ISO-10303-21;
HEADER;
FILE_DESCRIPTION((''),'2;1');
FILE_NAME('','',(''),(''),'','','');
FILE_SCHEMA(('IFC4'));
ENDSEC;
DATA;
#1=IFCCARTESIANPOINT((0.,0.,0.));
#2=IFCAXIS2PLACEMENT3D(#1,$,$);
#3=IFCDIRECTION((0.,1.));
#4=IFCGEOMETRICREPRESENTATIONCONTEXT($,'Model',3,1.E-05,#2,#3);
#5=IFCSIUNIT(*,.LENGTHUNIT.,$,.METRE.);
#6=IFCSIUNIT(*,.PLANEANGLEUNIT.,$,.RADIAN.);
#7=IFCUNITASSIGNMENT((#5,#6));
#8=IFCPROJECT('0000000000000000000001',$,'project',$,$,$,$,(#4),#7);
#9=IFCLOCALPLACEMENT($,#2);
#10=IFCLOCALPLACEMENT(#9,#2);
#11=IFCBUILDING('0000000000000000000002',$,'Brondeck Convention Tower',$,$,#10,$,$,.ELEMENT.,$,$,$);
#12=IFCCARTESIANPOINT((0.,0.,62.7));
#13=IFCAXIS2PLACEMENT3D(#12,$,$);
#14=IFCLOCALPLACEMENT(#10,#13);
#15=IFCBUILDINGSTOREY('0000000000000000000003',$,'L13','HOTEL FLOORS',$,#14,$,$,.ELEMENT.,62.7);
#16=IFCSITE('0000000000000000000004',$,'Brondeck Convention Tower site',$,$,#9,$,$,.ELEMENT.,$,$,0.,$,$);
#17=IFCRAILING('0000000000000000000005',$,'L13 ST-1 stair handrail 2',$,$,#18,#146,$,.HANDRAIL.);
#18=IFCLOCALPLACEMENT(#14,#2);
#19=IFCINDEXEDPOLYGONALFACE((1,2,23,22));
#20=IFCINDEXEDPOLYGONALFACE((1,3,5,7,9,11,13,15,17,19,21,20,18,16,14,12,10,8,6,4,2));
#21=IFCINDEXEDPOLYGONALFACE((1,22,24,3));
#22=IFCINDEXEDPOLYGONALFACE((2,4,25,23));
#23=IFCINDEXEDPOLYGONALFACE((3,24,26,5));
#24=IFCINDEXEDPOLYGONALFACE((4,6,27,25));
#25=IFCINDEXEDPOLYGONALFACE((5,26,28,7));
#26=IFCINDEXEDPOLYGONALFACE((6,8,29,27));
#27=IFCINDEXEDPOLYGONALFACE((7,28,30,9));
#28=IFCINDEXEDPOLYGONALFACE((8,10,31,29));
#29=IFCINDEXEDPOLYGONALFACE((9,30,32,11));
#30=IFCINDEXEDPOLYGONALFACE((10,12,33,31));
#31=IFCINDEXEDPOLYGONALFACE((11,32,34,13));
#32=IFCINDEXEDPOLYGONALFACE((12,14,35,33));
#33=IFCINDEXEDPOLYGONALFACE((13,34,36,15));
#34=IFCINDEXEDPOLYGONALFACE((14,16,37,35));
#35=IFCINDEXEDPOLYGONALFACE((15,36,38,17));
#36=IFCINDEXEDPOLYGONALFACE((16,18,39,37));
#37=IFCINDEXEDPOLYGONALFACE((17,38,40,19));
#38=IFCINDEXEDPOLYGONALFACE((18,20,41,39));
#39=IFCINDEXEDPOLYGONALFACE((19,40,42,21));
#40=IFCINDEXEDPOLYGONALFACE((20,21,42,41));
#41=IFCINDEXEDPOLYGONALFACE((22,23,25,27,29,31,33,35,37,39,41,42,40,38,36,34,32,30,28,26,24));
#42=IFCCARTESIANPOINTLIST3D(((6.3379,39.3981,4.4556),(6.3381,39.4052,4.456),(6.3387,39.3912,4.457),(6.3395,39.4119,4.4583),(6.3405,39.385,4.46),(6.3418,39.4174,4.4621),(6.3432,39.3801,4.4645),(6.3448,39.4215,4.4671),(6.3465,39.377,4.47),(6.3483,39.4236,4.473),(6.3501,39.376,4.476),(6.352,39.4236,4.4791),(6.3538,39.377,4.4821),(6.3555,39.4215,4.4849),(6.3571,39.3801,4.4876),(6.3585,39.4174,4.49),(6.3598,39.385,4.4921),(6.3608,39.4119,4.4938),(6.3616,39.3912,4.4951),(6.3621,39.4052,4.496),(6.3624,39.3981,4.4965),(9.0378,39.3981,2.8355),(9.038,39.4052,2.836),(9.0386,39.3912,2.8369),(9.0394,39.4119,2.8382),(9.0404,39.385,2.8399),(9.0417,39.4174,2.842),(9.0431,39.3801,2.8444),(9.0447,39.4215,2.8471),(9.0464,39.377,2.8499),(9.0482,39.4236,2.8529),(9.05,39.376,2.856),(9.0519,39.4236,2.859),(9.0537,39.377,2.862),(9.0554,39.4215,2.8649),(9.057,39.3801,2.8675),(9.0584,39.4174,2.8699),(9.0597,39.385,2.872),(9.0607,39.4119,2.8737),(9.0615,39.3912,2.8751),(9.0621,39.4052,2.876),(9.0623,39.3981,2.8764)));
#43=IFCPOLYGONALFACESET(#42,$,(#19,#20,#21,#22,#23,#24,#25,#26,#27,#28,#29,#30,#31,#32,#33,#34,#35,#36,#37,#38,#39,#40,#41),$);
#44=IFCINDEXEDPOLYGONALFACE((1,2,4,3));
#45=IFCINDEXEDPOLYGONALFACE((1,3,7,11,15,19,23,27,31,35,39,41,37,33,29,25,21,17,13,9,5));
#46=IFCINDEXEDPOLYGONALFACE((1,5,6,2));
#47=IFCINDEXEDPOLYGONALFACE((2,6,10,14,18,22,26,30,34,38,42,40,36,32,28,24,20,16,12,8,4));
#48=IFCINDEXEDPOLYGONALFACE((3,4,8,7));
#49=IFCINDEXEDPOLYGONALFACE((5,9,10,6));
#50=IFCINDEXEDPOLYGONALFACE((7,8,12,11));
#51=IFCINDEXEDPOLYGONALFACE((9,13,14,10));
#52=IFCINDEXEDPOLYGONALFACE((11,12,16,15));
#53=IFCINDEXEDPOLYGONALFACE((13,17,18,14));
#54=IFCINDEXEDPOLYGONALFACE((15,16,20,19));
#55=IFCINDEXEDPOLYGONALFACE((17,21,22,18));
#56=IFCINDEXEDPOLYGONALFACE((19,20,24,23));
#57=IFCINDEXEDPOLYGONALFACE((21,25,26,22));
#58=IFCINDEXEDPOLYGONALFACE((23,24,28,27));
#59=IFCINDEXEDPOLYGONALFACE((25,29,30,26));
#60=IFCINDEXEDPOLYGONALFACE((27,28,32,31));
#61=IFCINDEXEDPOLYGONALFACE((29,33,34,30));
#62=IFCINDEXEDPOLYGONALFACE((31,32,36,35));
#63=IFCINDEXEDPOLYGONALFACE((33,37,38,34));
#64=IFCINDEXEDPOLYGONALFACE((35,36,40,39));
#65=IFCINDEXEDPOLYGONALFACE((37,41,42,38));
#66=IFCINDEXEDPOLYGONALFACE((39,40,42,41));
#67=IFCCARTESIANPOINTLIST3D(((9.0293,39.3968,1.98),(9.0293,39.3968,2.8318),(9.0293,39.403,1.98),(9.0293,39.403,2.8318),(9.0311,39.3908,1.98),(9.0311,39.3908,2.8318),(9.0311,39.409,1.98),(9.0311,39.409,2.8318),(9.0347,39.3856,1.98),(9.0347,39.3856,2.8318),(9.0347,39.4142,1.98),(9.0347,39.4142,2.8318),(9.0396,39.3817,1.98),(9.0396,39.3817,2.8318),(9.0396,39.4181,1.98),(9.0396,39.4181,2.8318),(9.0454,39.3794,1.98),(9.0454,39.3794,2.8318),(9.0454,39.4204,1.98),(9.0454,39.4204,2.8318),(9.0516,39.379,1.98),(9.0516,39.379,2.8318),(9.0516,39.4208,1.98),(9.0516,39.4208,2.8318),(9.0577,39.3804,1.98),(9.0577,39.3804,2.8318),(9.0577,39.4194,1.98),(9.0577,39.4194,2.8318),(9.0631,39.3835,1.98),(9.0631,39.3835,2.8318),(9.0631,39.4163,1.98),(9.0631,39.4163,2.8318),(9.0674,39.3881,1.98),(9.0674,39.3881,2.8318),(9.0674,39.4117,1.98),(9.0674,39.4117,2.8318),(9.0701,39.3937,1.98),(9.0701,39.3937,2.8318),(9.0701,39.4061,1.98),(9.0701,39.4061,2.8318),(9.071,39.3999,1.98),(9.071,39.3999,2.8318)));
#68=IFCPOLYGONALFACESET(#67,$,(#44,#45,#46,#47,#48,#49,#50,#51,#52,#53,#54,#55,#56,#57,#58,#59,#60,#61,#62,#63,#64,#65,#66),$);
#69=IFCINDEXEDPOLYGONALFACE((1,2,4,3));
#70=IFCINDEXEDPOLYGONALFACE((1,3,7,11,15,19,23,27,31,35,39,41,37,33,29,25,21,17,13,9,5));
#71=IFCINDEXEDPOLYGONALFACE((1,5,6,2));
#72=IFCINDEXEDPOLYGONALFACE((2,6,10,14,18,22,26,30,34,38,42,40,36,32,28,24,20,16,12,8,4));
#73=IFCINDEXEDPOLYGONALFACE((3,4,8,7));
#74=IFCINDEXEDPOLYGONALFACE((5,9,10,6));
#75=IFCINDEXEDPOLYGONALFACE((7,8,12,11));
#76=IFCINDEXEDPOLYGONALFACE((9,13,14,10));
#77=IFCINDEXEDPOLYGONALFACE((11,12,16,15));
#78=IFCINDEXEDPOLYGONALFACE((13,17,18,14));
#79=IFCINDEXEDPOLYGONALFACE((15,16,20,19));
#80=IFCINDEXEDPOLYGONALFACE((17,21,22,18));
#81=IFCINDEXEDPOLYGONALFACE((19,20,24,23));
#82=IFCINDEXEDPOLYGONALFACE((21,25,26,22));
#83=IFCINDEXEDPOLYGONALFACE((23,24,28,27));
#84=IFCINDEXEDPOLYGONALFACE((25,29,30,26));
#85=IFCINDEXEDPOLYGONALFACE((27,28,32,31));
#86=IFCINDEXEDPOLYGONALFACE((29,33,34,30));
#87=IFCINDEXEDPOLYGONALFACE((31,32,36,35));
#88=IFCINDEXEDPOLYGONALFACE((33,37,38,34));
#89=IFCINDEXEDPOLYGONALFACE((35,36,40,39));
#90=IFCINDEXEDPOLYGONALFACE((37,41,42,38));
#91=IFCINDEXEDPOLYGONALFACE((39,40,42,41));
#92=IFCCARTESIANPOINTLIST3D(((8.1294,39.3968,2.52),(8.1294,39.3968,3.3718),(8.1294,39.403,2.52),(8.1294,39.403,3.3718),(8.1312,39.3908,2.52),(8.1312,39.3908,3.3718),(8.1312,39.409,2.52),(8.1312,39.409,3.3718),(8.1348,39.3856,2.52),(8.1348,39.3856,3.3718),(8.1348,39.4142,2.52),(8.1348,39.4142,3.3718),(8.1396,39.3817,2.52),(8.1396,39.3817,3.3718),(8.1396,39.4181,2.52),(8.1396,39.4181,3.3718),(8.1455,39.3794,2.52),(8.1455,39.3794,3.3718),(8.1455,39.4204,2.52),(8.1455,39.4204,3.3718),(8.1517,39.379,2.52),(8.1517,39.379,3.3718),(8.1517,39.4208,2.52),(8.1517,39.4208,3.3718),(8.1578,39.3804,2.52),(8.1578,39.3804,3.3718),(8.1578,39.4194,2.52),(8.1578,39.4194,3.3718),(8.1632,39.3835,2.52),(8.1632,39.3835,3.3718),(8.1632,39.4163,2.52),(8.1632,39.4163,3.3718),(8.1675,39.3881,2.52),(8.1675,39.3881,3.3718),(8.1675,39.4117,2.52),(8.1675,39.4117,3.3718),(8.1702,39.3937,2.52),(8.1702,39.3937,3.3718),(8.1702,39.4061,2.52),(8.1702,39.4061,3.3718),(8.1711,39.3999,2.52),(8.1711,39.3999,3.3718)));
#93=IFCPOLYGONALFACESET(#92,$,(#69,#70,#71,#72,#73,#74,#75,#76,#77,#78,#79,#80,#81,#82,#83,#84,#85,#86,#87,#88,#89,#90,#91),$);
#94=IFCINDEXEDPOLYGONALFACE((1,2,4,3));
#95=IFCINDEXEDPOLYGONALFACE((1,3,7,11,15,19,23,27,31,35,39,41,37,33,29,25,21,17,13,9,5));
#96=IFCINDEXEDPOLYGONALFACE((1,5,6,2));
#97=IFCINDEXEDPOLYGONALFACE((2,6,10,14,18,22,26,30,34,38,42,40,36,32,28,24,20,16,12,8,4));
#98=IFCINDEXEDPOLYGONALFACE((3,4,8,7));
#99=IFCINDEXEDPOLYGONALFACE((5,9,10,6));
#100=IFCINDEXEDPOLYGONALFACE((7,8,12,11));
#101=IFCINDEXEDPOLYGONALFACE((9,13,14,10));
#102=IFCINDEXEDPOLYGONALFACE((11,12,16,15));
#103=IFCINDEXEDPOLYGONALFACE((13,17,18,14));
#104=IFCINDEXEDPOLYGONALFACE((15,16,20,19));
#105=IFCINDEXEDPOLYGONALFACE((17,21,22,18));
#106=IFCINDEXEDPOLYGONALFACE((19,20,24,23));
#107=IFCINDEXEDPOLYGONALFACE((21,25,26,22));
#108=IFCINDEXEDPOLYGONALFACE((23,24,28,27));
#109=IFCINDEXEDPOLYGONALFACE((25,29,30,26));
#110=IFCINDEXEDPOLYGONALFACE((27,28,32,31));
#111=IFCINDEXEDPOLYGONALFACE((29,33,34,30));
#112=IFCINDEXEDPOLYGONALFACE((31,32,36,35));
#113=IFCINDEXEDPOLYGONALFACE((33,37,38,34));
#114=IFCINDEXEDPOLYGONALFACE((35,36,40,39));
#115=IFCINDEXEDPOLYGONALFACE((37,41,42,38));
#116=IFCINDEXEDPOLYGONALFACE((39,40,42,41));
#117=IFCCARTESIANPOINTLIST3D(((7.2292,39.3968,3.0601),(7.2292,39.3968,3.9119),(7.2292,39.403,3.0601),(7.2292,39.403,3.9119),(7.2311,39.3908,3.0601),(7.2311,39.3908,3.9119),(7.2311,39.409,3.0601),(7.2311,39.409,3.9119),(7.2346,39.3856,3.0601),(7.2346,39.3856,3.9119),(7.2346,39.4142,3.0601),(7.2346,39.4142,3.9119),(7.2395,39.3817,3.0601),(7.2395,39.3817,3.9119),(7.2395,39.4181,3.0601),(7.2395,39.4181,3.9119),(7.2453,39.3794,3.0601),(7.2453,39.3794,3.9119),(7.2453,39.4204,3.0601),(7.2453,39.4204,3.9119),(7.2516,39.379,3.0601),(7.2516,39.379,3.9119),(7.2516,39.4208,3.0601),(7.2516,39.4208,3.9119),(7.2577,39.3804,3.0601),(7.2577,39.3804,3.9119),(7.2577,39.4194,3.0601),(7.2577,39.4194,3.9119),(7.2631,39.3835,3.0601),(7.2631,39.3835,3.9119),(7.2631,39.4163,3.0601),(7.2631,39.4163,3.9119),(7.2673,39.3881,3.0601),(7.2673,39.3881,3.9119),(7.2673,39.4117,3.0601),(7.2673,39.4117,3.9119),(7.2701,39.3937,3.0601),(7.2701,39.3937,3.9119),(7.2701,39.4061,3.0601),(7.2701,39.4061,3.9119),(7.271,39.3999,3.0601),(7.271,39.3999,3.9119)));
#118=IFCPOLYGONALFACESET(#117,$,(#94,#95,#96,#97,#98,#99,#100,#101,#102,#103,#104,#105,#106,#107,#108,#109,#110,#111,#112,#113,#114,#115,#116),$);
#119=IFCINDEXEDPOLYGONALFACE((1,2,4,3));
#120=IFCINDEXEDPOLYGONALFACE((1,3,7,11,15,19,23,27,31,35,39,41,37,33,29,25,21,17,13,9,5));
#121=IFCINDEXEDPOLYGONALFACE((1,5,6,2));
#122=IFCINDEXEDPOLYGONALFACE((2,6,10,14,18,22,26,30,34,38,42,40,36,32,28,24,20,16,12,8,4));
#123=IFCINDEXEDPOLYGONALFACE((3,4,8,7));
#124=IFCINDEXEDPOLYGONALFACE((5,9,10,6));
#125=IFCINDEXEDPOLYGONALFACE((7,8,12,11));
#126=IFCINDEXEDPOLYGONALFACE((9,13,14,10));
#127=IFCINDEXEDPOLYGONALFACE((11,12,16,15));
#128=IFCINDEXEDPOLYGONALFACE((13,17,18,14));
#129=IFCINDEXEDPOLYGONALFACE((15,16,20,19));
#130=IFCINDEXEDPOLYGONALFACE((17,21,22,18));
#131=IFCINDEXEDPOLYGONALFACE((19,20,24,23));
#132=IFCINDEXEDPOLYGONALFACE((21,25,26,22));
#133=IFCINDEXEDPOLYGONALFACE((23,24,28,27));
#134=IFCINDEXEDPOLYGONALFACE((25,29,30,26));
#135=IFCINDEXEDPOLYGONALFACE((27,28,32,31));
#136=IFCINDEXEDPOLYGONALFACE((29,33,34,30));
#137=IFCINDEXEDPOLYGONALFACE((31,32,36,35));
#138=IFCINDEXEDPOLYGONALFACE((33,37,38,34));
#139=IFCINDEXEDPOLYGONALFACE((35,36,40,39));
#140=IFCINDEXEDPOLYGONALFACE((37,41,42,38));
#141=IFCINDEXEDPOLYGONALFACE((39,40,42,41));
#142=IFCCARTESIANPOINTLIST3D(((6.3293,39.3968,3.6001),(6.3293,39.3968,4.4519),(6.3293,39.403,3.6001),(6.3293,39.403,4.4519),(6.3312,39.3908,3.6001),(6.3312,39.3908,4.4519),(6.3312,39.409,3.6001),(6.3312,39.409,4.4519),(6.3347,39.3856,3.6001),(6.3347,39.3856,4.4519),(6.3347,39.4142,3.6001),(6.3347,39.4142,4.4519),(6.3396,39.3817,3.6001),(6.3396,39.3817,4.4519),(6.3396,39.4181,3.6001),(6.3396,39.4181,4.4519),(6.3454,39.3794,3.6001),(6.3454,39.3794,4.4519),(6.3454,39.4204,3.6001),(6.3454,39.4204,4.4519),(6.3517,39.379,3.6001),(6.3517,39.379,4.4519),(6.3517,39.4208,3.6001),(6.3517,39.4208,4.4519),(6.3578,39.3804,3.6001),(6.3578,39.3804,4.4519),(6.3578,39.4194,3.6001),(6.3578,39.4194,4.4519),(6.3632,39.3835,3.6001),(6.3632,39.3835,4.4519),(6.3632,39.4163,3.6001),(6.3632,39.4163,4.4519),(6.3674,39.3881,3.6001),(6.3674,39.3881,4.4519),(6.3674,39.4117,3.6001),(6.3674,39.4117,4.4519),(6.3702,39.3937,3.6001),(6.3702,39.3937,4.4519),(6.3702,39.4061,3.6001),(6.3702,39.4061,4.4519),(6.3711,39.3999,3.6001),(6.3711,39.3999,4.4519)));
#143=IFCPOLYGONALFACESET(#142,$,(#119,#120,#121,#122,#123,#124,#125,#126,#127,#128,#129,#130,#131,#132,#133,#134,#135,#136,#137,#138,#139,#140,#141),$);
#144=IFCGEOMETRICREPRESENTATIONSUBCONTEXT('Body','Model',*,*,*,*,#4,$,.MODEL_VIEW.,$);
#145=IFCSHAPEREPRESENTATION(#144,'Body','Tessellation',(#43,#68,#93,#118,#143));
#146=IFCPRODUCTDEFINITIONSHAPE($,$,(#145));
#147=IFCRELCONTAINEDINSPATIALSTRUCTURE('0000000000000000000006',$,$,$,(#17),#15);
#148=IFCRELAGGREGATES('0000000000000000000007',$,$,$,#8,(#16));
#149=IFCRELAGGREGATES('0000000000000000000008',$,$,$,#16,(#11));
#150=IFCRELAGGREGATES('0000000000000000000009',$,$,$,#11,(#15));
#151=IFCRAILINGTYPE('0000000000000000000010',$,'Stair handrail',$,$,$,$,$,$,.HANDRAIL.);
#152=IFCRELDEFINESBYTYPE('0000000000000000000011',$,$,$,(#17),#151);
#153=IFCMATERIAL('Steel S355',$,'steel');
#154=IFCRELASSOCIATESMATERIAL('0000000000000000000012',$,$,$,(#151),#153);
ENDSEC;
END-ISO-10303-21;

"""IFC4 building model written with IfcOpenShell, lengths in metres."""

from ifc_helpers import new_model, si_unit, direction, frame, origin, origin_2d, place, context, subcontext, project, spatial, circle, extrude, material, type_object, element, save


model = new_model("IFC4")

# Units and contexts
model_context = context("Model", 3, precision=1e-05, world=origin(), true_north=direction((0.0, 1.0)))
body_context = subcontext(model_context, "Body", "Model", "MODEL_VIEW")
ifc_project = project(units=[si_unit("LENGTHUNIT", "METRE"), si_unit("PLANEANGLEUNIT", "RADIAN")], contexts=[model_context])

# Site, building, storey
site_placement = place(None, origin())
site = spatial("IfcSite", under=ifc_project, at=site_placement, Name="Brondeck Convention Tower site", CompositionType="ELEMENT", RefElevation=0.0)
building_placement = place(site_placement, origin())
building = spatial("IfcBuilding", under=site, at=building_placement, Name="Brondeck Convention Tower", CompositionType="ELEMENT")
storey_placement = place(building_placement, frame((0.0, 0.0, 62.7)))
storey = spatial("IfcBuildingStorey", under=building, at=storey_placement, Name="L13", Description="HOTEL FLOORS", CompositionType="ELEMENT", Elevation=62.7)

# Shared definitions
ifc_material_1 = material(Name="Steel S355", Category="steel")

# Railing
railing_type = type_object("IfcRailingType", Name="Stair handrail", PredefinedType="HANDRAIL", material=ifc_material_1)
railing_placement = place(storey_placement, frame((9.05, 39.3999, 1.98)))
element("IfcRailing", 1, at=railing_placement, inside=storey, type_object=railing_type, Name="L13 ST-1 stair handrail 2", PredefinedType="HANDRAIL", context=body_context, shape_type="SweptSolid", body=[
    extrude(circle(Radius=0.0239, at=origin_2d()), frame((0.0, 0.0, 0.876), z_axis=(-0.857472, 0.0, 0.51453), x_axis=(0.0, -1.0, 0.0)), (0.0, 0.0, 1.0), 3.1487),
    extrude(circle(Radius=0.021, at=origin_2d()), origin(), (0.0, 0.0, 1.0), 0.8518),
    extrude(circle(Radius=0.021, at=origin_2d()), frame((-0.8999, 0.0, 0.54)), (0.0, 0.0, 1.0), 0.8518),
    extrude(circle(Radius=0.021, at=origin_2d()), frame((-1.8, 0.0, 1.0801)), (0.0, 0.0, 1.0), 0.8518),
    extrude(circle(Radius=0.021, at=origin_2d()), frame((-2.7, 0.0, 1.6201)), (0.0, 0.0, 1.0), 0.8518),
])

save(model, "model.ifc")
